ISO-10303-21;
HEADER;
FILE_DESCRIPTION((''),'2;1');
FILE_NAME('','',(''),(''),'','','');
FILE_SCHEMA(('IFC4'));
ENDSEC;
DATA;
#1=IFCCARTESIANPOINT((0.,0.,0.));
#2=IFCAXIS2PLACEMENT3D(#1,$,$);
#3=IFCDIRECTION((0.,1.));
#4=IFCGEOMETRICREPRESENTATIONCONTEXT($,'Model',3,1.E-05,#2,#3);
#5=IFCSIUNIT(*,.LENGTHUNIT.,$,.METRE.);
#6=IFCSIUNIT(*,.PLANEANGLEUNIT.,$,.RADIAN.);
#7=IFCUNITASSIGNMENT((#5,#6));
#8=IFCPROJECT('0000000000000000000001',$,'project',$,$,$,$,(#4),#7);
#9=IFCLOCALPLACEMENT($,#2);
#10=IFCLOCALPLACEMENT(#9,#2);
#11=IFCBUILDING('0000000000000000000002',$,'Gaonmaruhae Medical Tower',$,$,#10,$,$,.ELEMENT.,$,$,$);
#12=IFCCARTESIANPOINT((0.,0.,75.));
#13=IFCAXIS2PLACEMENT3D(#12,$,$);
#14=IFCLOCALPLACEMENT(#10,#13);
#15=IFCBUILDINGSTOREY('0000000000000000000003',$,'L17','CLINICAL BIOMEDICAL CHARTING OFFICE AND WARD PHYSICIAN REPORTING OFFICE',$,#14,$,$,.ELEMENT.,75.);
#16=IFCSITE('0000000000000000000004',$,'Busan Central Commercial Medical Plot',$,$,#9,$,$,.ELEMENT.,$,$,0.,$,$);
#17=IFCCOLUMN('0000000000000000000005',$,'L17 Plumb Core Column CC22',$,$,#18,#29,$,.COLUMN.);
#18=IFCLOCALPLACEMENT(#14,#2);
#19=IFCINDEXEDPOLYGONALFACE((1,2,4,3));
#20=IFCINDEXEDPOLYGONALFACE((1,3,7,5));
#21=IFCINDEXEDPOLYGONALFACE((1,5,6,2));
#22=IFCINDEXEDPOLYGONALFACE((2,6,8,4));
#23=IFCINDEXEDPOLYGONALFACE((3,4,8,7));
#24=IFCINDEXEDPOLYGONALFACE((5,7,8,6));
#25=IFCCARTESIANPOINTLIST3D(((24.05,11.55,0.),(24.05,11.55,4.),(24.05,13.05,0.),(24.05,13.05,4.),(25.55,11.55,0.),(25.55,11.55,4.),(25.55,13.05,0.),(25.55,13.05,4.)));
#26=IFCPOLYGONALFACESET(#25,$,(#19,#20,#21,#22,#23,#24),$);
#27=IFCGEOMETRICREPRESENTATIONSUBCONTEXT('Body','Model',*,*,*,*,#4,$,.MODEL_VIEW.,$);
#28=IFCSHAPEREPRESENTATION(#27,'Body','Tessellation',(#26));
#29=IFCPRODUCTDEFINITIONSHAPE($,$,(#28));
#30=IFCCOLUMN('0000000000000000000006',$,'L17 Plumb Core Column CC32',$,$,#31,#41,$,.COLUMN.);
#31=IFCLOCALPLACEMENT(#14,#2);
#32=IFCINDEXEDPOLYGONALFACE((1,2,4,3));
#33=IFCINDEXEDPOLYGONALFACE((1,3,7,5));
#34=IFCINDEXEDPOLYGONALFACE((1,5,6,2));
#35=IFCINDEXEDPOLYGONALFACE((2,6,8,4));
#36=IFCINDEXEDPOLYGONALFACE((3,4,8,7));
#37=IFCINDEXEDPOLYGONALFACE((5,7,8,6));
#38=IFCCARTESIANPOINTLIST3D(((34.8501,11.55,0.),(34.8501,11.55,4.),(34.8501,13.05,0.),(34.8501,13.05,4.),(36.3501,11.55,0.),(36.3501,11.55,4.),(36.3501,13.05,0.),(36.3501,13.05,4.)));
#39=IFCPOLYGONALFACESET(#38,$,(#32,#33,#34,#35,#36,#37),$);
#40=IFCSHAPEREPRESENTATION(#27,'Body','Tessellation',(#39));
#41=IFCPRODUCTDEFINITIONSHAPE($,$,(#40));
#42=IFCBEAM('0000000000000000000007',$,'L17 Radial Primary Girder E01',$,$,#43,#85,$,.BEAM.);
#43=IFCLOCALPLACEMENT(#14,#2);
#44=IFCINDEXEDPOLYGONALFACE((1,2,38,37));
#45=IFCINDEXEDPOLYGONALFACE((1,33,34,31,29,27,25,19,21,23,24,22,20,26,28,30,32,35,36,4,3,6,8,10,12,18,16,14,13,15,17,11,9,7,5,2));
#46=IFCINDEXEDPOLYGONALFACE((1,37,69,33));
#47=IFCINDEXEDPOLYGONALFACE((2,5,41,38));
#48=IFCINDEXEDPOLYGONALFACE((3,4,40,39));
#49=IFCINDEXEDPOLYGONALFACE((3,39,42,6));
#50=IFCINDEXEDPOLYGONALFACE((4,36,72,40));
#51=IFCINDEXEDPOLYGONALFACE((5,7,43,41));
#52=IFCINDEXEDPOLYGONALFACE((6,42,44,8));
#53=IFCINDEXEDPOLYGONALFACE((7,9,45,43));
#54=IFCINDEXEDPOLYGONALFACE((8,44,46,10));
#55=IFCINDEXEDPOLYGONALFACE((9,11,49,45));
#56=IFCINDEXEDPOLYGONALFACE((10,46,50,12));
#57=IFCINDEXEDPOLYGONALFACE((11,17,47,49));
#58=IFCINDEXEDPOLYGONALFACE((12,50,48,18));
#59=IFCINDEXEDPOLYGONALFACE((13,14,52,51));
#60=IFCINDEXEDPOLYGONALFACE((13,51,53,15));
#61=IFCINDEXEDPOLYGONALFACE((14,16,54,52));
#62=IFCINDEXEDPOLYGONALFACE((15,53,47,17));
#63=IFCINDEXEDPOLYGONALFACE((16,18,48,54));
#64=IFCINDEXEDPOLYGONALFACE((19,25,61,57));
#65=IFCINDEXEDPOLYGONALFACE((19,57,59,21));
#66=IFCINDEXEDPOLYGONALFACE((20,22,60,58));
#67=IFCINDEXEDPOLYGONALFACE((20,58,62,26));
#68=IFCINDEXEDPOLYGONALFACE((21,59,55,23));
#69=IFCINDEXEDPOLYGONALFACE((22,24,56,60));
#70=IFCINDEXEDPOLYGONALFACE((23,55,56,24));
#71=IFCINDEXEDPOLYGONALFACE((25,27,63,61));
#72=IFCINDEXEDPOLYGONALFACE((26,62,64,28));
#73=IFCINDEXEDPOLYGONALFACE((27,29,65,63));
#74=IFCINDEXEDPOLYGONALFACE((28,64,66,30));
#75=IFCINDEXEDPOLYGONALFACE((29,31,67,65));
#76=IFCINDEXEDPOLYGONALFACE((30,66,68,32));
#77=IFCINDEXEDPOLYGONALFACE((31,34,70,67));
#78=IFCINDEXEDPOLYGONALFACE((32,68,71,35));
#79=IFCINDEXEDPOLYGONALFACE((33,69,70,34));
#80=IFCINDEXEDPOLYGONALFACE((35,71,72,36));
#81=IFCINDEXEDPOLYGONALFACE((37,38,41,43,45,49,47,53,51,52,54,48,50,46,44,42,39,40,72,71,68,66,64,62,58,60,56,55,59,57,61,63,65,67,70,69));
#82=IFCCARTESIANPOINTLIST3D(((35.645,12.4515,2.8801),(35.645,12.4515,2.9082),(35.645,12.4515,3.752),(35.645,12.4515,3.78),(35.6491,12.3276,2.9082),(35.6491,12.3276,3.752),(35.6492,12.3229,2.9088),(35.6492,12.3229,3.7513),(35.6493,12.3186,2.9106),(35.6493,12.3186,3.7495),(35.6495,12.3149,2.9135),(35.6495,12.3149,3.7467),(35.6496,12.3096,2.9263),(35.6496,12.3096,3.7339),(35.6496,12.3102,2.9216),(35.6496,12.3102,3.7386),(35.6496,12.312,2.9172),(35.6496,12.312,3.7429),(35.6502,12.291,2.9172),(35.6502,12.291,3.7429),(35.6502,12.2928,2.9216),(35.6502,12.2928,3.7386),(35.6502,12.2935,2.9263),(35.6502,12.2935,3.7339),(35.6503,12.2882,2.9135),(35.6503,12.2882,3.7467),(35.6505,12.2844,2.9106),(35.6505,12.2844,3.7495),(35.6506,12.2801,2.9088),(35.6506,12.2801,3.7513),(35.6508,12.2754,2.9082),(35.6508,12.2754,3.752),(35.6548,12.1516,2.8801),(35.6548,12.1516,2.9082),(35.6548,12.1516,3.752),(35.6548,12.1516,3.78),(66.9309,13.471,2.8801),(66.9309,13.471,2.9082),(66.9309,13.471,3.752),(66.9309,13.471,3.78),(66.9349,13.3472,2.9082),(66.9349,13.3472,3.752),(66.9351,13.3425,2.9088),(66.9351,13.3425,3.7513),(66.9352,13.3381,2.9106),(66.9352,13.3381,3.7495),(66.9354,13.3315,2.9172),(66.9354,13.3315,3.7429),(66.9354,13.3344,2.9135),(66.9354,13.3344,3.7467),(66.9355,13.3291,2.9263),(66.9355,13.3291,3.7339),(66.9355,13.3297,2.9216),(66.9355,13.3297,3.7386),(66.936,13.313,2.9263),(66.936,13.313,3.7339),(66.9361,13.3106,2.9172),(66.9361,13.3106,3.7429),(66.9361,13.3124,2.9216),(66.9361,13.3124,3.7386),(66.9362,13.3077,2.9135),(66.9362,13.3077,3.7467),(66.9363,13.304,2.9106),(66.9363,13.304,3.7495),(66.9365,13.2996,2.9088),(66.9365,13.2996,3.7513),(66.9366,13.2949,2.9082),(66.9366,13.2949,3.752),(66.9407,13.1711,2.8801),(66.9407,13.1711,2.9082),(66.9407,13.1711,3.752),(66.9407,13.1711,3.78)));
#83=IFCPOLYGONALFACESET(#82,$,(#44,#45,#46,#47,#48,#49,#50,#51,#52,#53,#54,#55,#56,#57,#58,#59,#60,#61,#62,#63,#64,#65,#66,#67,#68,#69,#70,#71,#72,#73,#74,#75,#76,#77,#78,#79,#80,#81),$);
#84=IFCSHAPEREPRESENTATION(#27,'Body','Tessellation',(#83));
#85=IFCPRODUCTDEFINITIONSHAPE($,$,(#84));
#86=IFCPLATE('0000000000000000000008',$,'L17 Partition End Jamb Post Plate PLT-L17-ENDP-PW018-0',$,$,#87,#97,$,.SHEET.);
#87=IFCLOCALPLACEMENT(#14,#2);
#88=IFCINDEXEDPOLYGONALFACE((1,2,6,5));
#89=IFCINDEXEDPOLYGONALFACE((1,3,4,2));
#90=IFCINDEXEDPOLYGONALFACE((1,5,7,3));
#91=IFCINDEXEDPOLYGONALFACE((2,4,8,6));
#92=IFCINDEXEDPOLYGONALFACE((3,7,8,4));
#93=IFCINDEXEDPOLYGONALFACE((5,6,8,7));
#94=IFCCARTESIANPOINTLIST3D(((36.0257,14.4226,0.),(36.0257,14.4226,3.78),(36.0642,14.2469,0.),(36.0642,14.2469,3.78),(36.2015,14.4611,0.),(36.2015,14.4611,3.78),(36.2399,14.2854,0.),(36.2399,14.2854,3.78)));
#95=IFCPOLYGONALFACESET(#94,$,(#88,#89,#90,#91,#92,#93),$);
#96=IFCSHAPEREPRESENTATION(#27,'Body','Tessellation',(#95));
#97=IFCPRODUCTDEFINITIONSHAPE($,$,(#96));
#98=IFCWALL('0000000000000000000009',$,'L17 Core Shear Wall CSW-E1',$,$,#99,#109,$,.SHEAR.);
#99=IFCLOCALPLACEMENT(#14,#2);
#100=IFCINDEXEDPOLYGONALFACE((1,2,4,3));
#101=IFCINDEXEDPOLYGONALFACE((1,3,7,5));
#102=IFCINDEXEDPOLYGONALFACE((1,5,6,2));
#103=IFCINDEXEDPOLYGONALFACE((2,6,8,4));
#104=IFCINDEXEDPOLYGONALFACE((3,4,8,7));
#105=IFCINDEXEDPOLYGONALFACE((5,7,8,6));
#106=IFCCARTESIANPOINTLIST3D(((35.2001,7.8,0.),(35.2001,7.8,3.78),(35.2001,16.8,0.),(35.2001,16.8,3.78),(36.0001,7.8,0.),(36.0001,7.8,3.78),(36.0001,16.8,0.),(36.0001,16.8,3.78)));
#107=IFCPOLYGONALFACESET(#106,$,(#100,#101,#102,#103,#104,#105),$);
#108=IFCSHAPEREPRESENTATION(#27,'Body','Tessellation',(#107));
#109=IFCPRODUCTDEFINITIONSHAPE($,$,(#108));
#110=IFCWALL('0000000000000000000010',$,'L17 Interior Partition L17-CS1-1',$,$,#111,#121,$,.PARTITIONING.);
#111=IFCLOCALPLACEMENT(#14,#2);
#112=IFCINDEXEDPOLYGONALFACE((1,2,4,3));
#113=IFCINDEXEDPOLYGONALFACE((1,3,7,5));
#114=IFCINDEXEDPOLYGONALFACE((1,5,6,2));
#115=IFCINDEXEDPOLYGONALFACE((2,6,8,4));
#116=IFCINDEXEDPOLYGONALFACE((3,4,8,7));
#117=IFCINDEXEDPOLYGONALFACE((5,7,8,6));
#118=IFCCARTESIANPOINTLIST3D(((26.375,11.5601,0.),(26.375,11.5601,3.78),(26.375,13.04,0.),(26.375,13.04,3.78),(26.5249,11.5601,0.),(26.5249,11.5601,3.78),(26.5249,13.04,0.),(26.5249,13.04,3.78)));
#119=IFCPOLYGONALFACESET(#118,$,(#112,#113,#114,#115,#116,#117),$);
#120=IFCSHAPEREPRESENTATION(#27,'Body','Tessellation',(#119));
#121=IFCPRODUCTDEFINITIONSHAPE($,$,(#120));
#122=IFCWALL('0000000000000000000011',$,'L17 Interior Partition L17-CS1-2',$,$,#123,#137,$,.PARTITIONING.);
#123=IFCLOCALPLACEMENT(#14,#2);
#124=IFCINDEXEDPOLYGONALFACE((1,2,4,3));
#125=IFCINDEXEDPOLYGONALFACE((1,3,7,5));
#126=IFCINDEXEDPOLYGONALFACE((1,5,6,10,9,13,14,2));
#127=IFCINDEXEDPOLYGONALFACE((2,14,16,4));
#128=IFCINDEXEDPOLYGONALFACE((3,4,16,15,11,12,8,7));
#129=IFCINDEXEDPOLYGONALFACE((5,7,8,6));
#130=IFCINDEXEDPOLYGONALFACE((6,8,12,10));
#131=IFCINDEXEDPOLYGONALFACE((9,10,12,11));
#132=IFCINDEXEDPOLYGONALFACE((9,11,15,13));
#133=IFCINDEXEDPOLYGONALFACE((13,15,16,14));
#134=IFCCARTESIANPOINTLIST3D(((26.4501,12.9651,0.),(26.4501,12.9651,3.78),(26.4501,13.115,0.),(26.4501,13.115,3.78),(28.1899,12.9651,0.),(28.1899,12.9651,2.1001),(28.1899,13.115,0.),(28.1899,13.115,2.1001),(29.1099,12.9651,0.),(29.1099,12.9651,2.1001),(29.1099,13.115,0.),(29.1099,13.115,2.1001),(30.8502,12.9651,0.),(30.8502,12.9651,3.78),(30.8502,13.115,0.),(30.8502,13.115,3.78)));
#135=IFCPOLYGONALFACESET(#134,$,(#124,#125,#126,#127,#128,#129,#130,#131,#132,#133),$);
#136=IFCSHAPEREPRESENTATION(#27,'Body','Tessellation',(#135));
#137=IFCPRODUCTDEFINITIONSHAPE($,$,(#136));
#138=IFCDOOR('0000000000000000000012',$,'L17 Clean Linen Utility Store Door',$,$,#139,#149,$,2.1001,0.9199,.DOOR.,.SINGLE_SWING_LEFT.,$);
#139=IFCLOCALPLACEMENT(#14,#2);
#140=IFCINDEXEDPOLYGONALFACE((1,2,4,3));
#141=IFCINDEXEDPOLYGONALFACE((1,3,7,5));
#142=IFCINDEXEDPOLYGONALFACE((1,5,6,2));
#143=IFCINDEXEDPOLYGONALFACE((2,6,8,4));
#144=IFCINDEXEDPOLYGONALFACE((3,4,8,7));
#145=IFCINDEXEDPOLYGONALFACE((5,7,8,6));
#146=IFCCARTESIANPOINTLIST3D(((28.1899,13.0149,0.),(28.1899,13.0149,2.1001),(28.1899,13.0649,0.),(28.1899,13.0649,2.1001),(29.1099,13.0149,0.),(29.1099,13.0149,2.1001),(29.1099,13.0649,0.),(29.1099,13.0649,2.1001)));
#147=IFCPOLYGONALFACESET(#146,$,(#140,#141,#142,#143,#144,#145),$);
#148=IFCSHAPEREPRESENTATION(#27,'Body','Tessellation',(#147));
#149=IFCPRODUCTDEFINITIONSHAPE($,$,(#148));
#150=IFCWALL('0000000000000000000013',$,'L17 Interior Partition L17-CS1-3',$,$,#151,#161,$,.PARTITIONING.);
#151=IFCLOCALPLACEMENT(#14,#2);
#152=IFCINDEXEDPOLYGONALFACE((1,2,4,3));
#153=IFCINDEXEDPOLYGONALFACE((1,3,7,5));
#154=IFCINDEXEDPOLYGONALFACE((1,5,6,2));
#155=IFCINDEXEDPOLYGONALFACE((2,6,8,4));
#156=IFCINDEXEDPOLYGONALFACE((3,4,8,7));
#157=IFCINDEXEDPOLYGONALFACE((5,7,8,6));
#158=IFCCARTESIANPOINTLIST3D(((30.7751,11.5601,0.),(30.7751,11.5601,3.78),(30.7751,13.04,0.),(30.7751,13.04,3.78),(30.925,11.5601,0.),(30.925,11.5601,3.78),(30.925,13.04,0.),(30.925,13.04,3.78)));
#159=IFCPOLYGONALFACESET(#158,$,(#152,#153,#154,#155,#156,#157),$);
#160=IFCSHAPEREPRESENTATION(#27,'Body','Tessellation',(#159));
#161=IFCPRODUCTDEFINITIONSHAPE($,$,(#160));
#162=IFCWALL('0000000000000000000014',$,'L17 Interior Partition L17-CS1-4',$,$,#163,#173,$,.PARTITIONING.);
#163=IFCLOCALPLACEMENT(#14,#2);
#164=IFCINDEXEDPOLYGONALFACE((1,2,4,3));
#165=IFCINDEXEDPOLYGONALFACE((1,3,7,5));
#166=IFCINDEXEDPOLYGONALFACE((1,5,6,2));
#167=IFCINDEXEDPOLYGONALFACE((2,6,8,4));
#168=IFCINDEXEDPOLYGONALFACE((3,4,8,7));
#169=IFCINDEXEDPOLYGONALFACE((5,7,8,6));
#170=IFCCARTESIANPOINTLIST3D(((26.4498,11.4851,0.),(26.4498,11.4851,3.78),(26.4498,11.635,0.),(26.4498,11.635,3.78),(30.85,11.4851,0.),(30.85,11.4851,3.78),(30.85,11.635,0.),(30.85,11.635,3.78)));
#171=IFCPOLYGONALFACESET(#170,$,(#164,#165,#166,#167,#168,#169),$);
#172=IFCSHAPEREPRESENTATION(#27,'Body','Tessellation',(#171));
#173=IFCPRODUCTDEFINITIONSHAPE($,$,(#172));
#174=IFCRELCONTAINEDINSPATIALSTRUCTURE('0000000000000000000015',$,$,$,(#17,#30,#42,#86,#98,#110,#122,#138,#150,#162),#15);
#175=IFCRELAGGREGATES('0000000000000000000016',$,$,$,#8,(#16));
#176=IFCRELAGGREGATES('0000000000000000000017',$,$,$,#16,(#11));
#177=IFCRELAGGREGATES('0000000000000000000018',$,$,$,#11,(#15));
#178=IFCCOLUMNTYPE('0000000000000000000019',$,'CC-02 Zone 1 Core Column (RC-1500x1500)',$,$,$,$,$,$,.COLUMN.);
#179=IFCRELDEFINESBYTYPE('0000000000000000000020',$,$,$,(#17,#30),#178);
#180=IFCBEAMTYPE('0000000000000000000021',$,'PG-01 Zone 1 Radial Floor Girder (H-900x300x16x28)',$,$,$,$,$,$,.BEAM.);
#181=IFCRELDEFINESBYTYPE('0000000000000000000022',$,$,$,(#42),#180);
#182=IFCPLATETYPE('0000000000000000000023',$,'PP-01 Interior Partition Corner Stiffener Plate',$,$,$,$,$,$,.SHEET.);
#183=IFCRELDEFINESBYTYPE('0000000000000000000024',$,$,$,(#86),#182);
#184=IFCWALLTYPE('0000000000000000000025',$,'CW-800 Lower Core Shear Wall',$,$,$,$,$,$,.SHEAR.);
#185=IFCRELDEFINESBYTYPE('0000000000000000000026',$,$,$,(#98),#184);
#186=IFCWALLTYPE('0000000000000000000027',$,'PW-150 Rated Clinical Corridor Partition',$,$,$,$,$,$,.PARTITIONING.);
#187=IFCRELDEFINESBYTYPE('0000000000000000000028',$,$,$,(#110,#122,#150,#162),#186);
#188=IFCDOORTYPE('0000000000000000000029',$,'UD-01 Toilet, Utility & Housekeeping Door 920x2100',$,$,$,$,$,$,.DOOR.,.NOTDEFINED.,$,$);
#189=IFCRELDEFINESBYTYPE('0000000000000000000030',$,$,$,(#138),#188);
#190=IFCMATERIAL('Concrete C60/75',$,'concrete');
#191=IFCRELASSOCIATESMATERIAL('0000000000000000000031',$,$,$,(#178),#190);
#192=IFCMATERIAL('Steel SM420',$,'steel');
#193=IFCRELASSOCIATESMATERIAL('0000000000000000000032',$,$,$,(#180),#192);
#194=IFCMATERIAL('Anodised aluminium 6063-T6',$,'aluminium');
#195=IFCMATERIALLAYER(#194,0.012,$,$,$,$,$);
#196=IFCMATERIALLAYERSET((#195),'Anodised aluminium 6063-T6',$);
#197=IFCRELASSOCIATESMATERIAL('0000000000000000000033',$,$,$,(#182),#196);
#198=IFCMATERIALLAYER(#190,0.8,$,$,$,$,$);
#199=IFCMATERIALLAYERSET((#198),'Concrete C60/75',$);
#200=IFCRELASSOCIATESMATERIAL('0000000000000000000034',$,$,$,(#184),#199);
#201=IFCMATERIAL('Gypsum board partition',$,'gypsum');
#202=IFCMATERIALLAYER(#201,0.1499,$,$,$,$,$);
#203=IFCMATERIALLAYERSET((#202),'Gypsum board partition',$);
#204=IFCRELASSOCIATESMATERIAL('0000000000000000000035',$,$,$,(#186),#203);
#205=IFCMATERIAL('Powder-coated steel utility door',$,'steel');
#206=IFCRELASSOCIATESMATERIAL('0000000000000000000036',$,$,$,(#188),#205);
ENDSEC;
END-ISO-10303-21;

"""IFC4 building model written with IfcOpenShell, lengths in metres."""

from ifc_helpers import new_model, si_unit, direction, frame, frame_2d, origin, origin_2d, place, context, subcontext, project, spatial, rectangle, i_section, extrude, material, layer, layer_set, material_profile, profile_set, type_object, element, fill, save


model = new_model("IFC4")

# Units and contexts
model_context = context("Model", 3, precision=1e-05, world=origin(), true_north=direction((0.0, 1.0)))
body_context = subcontext(model_context, "Body", "Model", "MODEL_VIEW")
ifc_project = project(units=[si_unit("LENGTHUNIT", "METRE"), si_unit("PLANEANGLEUNIT", "RADIAN")], contexts=[model_context])

# Site, building, storey
site_placement = place(None, origin())
site = spatial("IfcSite", under=ifc_project, at=site_placement, Name="Busan Central Commercial Medical Plot", CompositionType="ELEMENT", RefElevation=0.0)
building_placement = place(site_placement, origin())
building = spatial("IfcBuilding", under=site, at=building_placement, Name="Gaonmaruhae Medical Tower", CompositionType="ELEMENT")
storey_placement = place(building_placement, frame((0.0, 0.0, 75.0)))
storey = spatial("IfcBuildingStorey", under=building, at=storey_placement, Name="L17", Description="CLINICAL BIOMEDICAL CHARTING OFFICE AND WARD PHYSICIAN REPORTING OFFICE", CompositionType="ELEMENT", Elevation=75.0)

# Columns
ifc_material_1 = material(Name="Concrete C60/75", Category="concrete")
ifc_material_profile_1 = material_profile(ifc_material_1, rectangle(XDim=1.5, YDim=1.5, at=origin_2d()), Name="RC-1500x1500")
ifc_profile_set_1 = profile_set([ifc_material_profile_1], Name="Concrete C60/75")
column_type = type_object("IfcColumnType", Name="CC-02 Zone 1 Core Column (RC-1500x1500)", PredefinedType="COLUMN", material=ifc_profile_set_1)
for number, where, z_axis, x_axis, name in (
    (1, (24.8, 12.3, 0.0), (0.0, 0.0, 1.0), (1.0, 0.0, 0.0), "L17 Plumb Core Column CC22"),
    (2, (35.6001, 12.3, 0.0), (0.0, 0.0, 1.0), (1.0, 0.0, 0.0), "L17 Plumb Core Column CC32"),
):
    element("IfcColumn", number, at=place(storey_placement, frame(where, z_axis=z_axis, x_axis=x_axis)), inside=storey, type_object=column_type, Name=name, PredefinedType="COLUMN", context=body_context, shape_type="SweptSolid", body=[
        extrude(rectangle(XDim=1.5, YDim=1.5, at=origin_2d()), origin(), (0.0, 0.0, 1.0), 4.0),
    ])

# Beam
ifc_material_2 = material(Name="Steel SM420", Category="steel")
ifc_material_profile_2 = material_profile(ifc_material_2, i_section(OverallWidth=0.3, OverallDepth=0.8999, WebThickness=0.0161, FlangeThickness=0.0281, FilletRadius=0.0181, at=origin_2d()), Name="H-900x300x16x28")
ifc_profile_set_2 = profile_set([ifc_material_profile_2], Name="Steel SM420")
beam_type = type_object("IfcBeamType", Name="PG-01 Zone 1 Radial Floor Girder (H-900x300x16x28)", PredefinedType="BEAM", material=ifc_profile_set_2)
beam_placement = place(storey_placement, frame((35.6499, 12.3015, 3.3301), z_axis=(0.999469, 0.03257, 0.0), x_axis=(-0.03257, 0.999469, 0.0)))
element("IfcBeam", 3, at=beam_placement, inside=storey, type_object=beam_type, Name="L17 Radial Primary Girder E01", PredefinedType="BEAM", context=body_context, shape_type="SweptSolid", body=[
    extrude(i_section(OverallWidth=0.3, OverallDepth=0.8999, WebThickness=0.0161, FlangeThickness=0.0281, FilletRadius=0.0181, at=origin_2d()), origin(), (0.0, 0.0, 1.0), 31.3025),
])

# Plate
ifc_material_3 = material(Name="Anodised aluminium 6063-T6", Category="aluminium")
ifc_layer_1 = layer(ifc_material_3, 0.012)
ifc_layer_set_1 = layer_set([ifc_layer_1], Name="Anodised aluminium 6063-T6")
plate_type = type_object("IfcPlateType", Name="PP-01 Interior Partition Corner Stiffener Plate", PredefinedType="SHEET", material=ifc_layer_set_1)
plate_placement = place(storey_placement, frame((36.1328, 14.354, 0.0), z_axis=(0.0, 0.0, 1.0), x_axis=(0.213917, -0.976852, 0.0)))
element("IfcPlate", 4, at=plate_placement, inside=storey, type_object=plate_type, Name="L17 Partition End Jamb Post Plate PLT-L17-ENDP-PW018-0", PredefinedType="SHEET", context=body_context, shape_type="SweptSolid", body=[
    extrude(rectangle(XDim=0.1799, YDim=0.1799, at=origin_2d()), origin(), (0.0, 0.0, 1.0), 3.78),
])

# Walls
ifc_layer_2 = layer(ifc_material_1, 0.8)
ifc_layer_set_2 = layer_set([ifc_layer_2], Name="Concrete C60/75")
wall_type_1 = type_object("IfcWallType", Name="CW-800 Lower Core Shear Wall", PredefinedType="SHEAR", material=ifc_layer_set_2)
wall_1_placement = place(storey_placement, frame((35.6001, 7.8, 0.0), z_axis=(0.0, 0.0, 1.0), x_axis=(0.0, 1.0, 0.0)))
element("IfcWall", 5, at=wall_1_placement, inside=storey, type_object=wall_type_1, Name="L17 Core Shear Wall CSW-E1", PredefinedType="SHEAR", context=body_context, shape_type="SweptSolid", body=[
    extrude(rectangle(XDim=9.0, YDim=0.8, at=frame_2d((4.5, 0.0))), origin(), (0.0, 0.0, 1.0), 3.78),
])
ifc_material_4 = material(Name="Gypsum board partition", Category="gypsum")
ifc_layer_3 = layer(ifc_material_4, 0.1499)
ifc_layer_set_3 = layer_set([ifc_layer_3], Name="Gypsum board partition")
wall_type_2 = type_object("IfcWallType", Name="PW-150 Rated Clinical Corridor Partition", PredefinedType="PARTITIONING", material=ifc_layer_set_3)
wall_2_placement = place(storey_placement, frame((26.45, 11.5601, 0.0), z_axis=(0.0, 0.0, 1.0), x_axis=(0.0, 1.0, 0.0)))
element("IfcWall", 6, at=wall_2_placement, inside=storey, type_object=wall_type_2, Name="L17 Interior Partition L17-CS1-1", PredefinedType="PARTITIONING", context=body_context, shape_type="SweptSolid", body=[
    extrude(rectangle(XDim=1.48, YDim=0.1499, at=frame_2d((0.74, 0.0))), origin(), (0.0, 0.0, 1.0), 3.78),
])

# Wall, opening, door
wall_3_placement = place(storey_placement, frame((26.45, 13.04, 0.0), z_axis=(0.0, 0.0, 1.0), x_axis=(1.0, 0.0, 0.0)))
wall_3 = element("IfcWall", 7, at=wall_3_placement, inside=storey, type_object=wall_type_2, Name="L17 Interior Partition L17-CS1-2", PredefinedType="PARTITIONING", context=body_context, shape_type="SweptSolid", body=[
    extrude(rectangle(XDim=4.4001, YDim=0.1499, at=frame_2d((2.2002, 0.0))), origin(), (0.0, 0.0, 1.0), 3.78),
])
opening_1_placement = place(wall_3_placement, frame((1.74, 0.0, 0.0)))
opening_1 = element("IfcOpeningElement", 8, at=opening_1_placement, cuts=wall_3, PredefinedType="OPENING", context=body_context, shape_type="SweptSolid", body=[
    extrude(rectangle(XDim=0.9199, YDim=2.1001, at=frame_2d((0.46, 1.05))), frame((0.0, 0.085, 0.0), z_axis=(0.0, -1.0, 0.0), x_axis=(1.0, 0.0, 0.0)), (0.0, 0.0, 1.0), 0.1699),
])
ifc_material_5 = material(Name="Powder-coated steel utility door", Category="steel")
door_type_1 = type_object("IfcDoorType", Name="UD-01 Toilet, Utility & Housekeeping Door 920x2100", OperationType="NOTDEFINED", PredefinedType="DOOR", material=ifc_material_5)
door_1_placement = place(opening_1_placement, origin())
door_1 = element("IfcDoor", 9, at=door_1_placement, inside=storey, type_object=door_type_1, Name="L17 Clean Linen Utility Store Door", OperationType="SINGLE_SWING_LEFT", OverallHeight=2.1001, OverallWidth=0.9199, PredefinedType="DOOR", context=body_context, shape_type="SweptSolid", body=[
    extrude(rectangle(XDim=0.9199, YDim=2.1001, at=frame_2d((0.46, 1.05))), frame((0.0, 0.0249, 0.0), z_axis=(0.0, -1.0, 0.0), x_axis=(1.0, 0.0, 0.0)), (0.0, 0.0, 1.0), 0.05),
])
fill(opening_1, door_1)

# Walls
wall_4_placement = place(storey_placement, frame((30.8501, 13.04, 0.0), z_axis=(0.0, 0.0, 1.0), x_axis=(0.0, -1.0, 0.0)))
element("IfcWall", 10, at=wall_4_placement, inside=storey, type_object=wall_type_2, Name="L17 Interior Partition L17-CS1-3", PredefinedType="PARTITIONING", context=body_context, shape_type="SweptSolid", body=[
    extrude(rectangle(XDim=1.48, YDim=0.1499, at=frame_2d((0.74, 0.0))), origin(), (0.0, 0.0, 1.0), 3.78),
])
wall_5_placement = place(storey_placement, frame((30.8501, 11.5601, 0.0), z_axis=(0.0, 0.0, 1.0), x_axis=(-1.0, 0.0, 0.0)))
element("IfcWall", 11, at=wall_5_placement, inside=storey, type_object=wall_type_2, Name="L17 Interior Partition L17-CS1-4", PredefinedType="PARTITIONING", context=body_context, shape_type="SweptSolid", body=[
    extrude(rectangle(XDim=4.4001, YDim=0.1499, at=frame_2d((2.2002, 0.0))), origin(), (0.0, 0.0, 1.0), 3.78),
])

save(model, "model.ifc")
